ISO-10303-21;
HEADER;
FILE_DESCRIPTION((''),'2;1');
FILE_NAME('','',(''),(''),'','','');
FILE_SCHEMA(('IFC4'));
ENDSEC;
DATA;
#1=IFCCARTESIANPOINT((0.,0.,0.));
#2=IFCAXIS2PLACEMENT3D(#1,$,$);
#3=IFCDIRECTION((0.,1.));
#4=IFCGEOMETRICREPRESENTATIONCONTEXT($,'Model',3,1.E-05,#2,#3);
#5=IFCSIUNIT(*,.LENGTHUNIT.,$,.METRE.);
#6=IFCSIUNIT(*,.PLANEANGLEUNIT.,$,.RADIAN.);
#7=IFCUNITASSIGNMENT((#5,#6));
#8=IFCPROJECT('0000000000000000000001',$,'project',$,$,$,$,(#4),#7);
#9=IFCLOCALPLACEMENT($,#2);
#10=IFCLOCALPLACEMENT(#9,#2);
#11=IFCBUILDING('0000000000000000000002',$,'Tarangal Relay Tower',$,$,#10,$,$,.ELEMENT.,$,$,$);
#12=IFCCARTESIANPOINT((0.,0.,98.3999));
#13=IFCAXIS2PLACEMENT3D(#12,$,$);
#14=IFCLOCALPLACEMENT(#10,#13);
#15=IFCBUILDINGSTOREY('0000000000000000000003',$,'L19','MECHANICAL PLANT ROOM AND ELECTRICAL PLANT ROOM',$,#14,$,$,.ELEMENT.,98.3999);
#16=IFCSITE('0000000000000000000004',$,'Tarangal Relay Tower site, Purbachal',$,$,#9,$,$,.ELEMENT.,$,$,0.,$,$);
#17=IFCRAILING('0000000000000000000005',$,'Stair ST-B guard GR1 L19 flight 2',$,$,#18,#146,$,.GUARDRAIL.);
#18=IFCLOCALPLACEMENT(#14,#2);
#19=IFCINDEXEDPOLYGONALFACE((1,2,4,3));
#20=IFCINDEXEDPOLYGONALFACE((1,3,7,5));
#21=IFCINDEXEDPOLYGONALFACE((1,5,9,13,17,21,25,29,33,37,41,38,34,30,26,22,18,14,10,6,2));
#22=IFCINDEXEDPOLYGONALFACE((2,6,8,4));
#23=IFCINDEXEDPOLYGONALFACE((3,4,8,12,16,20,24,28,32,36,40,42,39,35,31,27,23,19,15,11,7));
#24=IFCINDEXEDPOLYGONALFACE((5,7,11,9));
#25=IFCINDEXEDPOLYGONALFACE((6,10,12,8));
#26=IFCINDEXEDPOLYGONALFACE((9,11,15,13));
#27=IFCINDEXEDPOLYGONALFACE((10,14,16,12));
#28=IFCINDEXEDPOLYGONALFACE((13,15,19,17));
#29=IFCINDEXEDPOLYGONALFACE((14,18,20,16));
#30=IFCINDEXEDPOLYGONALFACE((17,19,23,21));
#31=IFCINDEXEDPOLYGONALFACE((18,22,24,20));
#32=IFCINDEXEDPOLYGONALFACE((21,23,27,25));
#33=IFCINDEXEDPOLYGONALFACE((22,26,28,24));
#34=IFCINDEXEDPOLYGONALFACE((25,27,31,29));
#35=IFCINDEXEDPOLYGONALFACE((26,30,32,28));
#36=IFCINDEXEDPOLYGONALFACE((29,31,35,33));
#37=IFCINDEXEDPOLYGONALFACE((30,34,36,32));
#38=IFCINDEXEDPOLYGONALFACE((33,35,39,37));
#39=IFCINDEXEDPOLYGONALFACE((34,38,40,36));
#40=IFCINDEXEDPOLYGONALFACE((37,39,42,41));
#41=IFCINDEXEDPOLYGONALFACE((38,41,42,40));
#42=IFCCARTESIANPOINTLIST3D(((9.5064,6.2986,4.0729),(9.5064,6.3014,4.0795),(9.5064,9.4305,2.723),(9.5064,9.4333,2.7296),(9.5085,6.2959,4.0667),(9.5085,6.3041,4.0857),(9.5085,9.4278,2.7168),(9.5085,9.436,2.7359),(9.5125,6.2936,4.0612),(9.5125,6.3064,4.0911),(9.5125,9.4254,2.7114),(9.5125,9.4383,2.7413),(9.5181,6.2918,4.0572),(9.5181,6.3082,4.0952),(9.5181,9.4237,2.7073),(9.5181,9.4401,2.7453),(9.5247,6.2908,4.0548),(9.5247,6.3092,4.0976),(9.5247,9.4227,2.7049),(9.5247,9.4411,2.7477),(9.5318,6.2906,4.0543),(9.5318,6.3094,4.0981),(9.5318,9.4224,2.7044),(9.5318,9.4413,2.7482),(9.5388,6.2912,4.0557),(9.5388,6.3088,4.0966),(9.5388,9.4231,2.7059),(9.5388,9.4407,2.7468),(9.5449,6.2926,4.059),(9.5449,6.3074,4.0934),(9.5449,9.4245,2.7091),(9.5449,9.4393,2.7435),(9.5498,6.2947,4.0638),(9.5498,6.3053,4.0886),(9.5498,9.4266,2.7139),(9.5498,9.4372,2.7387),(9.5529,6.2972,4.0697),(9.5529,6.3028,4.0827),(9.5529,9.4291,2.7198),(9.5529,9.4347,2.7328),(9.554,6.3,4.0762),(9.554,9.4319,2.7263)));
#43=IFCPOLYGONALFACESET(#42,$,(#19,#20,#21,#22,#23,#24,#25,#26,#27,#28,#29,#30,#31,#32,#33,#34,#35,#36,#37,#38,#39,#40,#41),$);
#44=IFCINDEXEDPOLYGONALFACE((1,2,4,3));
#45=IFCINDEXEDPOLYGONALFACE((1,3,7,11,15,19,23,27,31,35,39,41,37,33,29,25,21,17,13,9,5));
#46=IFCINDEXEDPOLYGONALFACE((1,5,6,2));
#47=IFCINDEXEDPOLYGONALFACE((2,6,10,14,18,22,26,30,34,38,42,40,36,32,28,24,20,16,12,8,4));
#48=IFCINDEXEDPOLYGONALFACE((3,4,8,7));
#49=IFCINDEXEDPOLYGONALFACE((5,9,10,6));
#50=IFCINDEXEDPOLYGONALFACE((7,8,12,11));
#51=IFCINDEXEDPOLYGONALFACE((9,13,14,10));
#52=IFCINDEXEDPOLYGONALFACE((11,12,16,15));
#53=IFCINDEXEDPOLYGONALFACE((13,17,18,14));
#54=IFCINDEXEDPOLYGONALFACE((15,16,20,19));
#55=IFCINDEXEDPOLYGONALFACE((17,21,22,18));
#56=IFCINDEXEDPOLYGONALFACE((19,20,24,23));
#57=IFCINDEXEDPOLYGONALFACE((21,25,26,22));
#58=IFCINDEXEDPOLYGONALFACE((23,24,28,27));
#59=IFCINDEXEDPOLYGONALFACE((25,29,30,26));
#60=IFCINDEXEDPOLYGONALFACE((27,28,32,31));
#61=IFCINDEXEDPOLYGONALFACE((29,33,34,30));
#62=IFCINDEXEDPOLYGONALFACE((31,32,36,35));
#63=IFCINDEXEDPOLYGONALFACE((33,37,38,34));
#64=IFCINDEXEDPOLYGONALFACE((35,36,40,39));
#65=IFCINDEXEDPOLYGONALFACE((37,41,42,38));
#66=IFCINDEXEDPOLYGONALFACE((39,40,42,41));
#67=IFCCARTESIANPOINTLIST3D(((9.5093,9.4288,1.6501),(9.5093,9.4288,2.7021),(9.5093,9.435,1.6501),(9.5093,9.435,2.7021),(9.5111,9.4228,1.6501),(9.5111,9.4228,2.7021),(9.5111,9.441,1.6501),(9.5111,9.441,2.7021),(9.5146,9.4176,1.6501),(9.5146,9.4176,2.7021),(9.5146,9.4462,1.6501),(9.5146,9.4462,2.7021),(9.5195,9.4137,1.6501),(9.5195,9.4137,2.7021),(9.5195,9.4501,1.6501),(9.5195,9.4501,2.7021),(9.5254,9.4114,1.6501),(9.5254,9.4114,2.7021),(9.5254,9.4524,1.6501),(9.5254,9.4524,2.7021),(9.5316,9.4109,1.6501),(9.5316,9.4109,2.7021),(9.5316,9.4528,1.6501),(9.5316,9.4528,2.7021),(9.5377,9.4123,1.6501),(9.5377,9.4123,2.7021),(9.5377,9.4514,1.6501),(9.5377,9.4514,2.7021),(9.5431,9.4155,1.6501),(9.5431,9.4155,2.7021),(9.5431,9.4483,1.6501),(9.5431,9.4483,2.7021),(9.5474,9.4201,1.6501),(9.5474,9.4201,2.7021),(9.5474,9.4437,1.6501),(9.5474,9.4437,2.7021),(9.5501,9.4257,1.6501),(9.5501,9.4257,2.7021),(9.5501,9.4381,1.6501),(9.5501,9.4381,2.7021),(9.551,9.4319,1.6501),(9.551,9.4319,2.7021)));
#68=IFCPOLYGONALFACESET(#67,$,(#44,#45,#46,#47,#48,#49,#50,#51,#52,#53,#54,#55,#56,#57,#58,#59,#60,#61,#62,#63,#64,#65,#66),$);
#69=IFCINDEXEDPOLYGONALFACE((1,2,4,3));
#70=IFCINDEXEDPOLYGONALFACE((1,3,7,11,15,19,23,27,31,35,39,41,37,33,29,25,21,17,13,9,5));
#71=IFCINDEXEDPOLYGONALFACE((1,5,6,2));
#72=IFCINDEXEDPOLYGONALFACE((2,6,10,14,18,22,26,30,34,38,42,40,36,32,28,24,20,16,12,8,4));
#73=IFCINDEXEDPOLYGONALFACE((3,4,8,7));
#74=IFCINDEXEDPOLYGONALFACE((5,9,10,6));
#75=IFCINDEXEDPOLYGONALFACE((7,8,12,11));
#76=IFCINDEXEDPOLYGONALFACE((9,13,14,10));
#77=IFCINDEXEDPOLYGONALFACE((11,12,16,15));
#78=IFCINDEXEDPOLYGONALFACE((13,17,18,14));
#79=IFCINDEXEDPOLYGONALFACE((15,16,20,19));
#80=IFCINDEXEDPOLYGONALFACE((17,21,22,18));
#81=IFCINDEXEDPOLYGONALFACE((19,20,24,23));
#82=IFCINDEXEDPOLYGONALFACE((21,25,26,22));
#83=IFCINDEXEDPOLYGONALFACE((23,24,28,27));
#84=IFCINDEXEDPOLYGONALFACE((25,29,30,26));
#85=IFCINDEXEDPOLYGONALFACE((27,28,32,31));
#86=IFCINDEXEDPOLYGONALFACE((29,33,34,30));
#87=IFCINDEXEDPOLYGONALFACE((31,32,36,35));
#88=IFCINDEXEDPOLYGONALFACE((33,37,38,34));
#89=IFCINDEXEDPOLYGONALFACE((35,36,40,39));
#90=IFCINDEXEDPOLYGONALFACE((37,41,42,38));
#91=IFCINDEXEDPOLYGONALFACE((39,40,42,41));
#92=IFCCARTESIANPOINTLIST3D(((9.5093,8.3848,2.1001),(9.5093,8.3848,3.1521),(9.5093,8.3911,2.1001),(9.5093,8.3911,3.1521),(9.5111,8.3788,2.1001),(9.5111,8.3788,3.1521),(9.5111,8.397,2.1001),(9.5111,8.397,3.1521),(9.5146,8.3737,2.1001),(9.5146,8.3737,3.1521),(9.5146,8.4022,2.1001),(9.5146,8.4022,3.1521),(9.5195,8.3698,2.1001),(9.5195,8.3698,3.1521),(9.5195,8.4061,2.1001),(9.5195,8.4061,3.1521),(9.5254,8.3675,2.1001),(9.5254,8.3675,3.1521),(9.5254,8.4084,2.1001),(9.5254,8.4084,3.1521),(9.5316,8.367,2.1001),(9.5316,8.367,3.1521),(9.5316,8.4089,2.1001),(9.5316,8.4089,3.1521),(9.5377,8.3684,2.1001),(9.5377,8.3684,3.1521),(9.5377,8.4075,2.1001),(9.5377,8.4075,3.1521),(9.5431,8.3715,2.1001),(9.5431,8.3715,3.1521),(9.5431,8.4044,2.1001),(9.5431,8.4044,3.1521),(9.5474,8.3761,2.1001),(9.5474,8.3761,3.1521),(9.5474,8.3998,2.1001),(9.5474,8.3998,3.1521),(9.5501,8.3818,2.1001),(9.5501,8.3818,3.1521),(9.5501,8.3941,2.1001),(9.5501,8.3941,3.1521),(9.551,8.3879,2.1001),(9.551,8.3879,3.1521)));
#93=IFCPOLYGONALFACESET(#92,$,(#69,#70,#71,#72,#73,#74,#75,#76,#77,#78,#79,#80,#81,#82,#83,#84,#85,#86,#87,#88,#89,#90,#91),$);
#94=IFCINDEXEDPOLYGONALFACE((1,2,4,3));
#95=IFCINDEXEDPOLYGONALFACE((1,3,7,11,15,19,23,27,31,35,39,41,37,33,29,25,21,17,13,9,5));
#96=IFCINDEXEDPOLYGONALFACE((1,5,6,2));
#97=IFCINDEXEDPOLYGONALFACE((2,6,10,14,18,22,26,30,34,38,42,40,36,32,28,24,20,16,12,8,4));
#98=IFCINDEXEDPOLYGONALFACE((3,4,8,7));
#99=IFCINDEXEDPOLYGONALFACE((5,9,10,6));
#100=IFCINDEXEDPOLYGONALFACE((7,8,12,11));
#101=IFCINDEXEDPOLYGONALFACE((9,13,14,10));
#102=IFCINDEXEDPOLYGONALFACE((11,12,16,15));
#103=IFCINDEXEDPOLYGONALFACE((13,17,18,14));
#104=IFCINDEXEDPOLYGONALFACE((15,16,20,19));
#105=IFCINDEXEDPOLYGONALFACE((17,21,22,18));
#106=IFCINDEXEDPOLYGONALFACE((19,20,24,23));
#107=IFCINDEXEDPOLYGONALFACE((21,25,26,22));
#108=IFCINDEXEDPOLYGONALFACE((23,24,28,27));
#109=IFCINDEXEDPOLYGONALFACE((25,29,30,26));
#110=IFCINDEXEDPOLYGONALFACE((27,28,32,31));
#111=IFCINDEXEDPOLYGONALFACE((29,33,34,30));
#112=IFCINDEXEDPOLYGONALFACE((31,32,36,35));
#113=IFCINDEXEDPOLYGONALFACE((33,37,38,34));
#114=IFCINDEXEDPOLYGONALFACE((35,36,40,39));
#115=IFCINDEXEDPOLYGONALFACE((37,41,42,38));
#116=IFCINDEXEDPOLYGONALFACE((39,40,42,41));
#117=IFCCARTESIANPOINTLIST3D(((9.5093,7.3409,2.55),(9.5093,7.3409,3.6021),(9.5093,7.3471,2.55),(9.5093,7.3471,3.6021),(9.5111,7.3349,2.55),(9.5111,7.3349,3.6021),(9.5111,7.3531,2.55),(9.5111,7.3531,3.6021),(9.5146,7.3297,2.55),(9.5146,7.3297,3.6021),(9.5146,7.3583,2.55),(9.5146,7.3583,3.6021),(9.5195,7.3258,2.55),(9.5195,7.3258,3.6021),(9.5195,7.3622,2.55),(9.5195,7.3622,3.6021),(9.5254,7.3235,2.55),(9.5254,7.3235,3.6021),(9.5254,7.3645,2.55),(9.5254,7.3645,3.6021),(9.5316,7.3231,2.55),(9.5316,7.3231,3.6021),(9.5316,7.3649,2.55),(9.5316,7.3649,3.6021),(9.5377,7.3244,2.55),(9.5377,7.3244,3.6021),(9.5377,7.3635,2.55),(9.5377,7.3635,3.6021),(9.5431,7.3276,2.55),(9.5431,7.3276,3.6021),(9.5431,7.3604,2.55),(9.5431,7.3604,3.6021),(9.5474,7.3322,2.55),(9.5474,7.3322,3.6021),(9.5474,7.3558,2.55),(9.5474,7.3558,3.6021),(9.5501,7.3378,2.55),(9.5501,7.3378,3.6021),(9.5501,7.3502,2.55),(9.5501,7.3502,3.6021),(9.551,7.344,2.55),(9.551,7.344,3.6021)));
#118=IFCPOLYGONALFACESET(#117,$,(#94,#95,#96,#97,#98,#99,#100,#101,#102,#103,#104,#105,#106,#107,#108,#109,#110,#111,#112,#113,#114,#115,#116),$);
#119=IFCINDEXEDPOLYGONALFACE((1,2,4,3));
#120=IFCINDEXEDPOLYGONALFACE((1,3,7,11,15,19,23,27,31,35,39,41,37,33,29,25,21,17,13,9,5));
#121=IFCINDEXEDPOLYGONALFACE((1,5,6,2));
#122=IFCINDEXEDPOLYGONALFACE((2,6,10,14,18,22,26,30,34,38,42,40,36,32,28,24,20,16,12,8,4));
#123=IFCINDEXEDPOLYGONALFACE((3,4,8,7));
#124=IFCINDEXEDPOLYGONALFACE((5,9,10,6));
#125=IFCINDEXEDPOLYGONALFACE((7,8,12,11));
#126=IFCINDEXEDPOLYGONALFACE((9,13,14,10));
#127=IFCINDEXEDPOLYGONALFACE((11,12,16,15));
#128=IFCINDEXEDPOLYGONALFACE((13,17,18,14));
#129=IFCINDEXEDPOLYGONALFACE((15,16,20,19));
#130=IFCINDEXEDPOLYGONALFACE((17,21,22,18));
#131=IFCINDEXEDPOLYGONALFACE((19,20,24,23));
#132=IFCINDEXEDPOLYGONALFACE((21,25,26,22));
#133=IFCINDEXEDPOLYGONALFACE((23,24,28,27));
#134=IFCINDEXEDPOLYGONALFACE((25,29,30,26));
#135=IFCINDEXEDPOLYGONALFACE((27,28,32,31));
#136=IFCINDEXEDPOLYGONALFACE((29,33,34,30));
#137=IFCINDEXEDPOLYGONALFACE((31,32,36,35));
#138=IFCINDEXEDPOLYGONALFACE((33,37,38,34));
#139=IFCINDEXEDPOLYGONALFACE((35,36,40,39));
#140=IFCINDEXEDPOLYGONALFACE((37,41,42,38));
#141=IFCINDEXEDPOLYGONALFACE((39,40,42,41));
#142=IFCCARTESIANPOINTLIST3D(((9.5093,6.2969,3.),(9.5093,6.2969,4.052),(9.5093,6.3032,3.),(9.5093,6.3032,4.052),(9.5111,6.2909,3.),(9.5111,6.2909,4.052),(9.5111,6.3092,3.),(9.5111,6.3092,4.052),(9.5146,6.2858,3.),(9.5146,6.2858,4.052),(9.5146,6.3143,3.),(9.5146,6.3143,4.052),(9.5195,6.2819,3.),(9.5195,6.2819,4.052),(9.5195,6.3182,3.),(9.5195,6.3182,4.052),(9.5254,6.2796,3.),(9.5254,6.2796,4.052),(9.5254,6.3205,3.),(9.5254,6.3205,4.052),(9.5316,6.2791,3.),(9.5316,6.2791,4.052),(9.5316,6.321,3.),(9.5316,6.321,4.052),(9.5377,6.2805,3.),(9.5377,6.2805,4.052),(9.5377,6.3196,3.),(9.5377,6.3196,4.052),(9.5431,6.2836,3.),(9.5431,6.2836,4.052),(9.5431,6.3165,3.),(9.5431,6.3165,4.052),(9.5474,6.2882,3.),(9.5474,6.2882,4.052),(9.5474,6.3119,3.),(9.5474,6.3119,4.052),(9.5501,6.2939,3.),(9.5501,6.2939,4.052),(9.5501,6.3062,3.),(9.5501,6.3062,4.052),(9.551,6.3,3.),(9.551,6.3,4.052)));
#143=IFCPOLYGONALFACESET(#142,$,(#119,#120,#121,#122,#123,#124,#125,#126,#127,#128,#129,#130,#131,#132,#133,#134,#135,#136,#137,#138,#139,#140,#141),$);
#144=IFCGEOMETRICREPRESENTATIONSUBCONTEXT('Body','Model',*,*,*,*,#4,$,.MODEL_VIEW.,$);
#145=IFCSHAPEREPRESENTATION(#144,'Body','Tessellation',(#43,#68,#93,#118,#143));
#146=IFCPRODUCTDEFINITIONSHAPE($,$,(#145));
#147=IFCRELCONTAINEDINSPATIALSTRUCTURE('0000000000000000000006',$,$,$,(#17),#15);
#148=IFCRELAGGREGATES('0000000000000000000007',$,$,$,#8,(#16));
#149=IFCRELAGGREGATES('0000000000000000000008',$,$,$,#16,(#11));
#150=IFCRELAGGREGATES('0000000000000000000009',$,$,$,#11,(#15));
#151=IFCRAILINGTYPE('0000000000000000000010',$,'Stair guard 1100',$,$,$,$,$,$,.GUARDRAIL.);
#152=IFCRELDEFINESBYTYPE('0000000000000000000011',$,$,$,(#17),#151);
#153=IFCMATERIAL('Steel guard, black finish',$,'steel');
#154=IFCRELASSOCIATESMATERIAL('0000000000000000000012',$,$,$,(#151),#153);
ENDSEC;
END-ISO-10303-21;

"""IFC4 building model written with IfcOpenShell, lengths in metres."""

from ifc_helpers import new_model, si_unit, direction, frame, origin, origin_2d, place, context, subcontext, project, spatial, circle, extrude, material, type_object, element, save


model = new_model("IFC4")

# Units and contexts
model_context = context("Model", 3, precision=1e-05, world=origin(), true_north=direction((0.0, 1.0)))
body_context = subcontext(model_context, "Body", "Model", "MODEL_VIEW")
ifc_project = project(units=[si_unit("LENGTHUNIT", "METRE"), si_unit("PLANEANGLEUNIT", "RADIAN")], contexts=[model_context])

# Site, building, storey
site_placement = place(None, origin())
site = spatial("IfcSite", under=ifc_project, at=site_placement, Name="Tarangal Relay Tower site, Purbachal", CompositionType="ELEMENT", RefElevation=0.0)
building_placement = place(site_placement, origin())
building = spatial("IfcBuilding", under=site, at=building_placement, Name="Tarangal Relay Tower", CompositionType="ELEMENT")
storey_placement = place(building_placement, frame((0.0, 0.0, 98.3999)))
storey = spatial("IfcBuildingStorey", under=building, at=storey_placement, Name="L19", Description="MECHANICAL PLANT ROOM AND ELECTRICAL PLANT ROOM", CompositionType="ELEMENT", Elevation=98.3999)

# Railing
ifc_material_1 = material(Name="Steel guard, black finish", Category="steel")
railing_type_1 = type_object("IfcRailingType", Name="Stair guard 1100", PredefinedType="GUARDRAIL", material=ifc_material_1)
railing_1_placement = place(storey_placement, frame((9.53, 9.4319, 1.6501)))
element("IfcRailing", 1, at=railing_1_placement, inside=storey, type_object=railing_type_1, Name="Stair ST-B guard GR1 L19 flight 2", PredefinedType="GUARDRAIL", context=body_context, shape_type="SweptSolid", body=[
    extrude(circle(Radius=0.0239, at=origin_2d()), frame((0.0, 0.0, 1.0762), z_axis=(0.0, -0.918332, 0.395811), x_axis=(1.0, 0.0, 0.0)), (0.0, 0.0, 1.0), 3.4104),
    extrude(circle(Radius=0.021, at=origin_2d()), origin(), (0.0, 0.0, 1.0), 1.052),
    extrude(circle(Radius=0.021, at=origin_2d()), frame((0.0, -1.0439, 0.45)), (0.0, 0.0, 1.0), 1.052),
    extrude(circle(Radius=0.021, at=origin_2d()), frame((0.0, -2.0879, 0.8999)), (0.0, 0.0, 1.0), 1.052),
    extrude(circle(Radius=0.021, at=origin_2d()), frame((0.0, -3.1318, 1.3499)), (0.0, 0.0, 1.0), 1.052),
])

save(model, "model.ifc")
